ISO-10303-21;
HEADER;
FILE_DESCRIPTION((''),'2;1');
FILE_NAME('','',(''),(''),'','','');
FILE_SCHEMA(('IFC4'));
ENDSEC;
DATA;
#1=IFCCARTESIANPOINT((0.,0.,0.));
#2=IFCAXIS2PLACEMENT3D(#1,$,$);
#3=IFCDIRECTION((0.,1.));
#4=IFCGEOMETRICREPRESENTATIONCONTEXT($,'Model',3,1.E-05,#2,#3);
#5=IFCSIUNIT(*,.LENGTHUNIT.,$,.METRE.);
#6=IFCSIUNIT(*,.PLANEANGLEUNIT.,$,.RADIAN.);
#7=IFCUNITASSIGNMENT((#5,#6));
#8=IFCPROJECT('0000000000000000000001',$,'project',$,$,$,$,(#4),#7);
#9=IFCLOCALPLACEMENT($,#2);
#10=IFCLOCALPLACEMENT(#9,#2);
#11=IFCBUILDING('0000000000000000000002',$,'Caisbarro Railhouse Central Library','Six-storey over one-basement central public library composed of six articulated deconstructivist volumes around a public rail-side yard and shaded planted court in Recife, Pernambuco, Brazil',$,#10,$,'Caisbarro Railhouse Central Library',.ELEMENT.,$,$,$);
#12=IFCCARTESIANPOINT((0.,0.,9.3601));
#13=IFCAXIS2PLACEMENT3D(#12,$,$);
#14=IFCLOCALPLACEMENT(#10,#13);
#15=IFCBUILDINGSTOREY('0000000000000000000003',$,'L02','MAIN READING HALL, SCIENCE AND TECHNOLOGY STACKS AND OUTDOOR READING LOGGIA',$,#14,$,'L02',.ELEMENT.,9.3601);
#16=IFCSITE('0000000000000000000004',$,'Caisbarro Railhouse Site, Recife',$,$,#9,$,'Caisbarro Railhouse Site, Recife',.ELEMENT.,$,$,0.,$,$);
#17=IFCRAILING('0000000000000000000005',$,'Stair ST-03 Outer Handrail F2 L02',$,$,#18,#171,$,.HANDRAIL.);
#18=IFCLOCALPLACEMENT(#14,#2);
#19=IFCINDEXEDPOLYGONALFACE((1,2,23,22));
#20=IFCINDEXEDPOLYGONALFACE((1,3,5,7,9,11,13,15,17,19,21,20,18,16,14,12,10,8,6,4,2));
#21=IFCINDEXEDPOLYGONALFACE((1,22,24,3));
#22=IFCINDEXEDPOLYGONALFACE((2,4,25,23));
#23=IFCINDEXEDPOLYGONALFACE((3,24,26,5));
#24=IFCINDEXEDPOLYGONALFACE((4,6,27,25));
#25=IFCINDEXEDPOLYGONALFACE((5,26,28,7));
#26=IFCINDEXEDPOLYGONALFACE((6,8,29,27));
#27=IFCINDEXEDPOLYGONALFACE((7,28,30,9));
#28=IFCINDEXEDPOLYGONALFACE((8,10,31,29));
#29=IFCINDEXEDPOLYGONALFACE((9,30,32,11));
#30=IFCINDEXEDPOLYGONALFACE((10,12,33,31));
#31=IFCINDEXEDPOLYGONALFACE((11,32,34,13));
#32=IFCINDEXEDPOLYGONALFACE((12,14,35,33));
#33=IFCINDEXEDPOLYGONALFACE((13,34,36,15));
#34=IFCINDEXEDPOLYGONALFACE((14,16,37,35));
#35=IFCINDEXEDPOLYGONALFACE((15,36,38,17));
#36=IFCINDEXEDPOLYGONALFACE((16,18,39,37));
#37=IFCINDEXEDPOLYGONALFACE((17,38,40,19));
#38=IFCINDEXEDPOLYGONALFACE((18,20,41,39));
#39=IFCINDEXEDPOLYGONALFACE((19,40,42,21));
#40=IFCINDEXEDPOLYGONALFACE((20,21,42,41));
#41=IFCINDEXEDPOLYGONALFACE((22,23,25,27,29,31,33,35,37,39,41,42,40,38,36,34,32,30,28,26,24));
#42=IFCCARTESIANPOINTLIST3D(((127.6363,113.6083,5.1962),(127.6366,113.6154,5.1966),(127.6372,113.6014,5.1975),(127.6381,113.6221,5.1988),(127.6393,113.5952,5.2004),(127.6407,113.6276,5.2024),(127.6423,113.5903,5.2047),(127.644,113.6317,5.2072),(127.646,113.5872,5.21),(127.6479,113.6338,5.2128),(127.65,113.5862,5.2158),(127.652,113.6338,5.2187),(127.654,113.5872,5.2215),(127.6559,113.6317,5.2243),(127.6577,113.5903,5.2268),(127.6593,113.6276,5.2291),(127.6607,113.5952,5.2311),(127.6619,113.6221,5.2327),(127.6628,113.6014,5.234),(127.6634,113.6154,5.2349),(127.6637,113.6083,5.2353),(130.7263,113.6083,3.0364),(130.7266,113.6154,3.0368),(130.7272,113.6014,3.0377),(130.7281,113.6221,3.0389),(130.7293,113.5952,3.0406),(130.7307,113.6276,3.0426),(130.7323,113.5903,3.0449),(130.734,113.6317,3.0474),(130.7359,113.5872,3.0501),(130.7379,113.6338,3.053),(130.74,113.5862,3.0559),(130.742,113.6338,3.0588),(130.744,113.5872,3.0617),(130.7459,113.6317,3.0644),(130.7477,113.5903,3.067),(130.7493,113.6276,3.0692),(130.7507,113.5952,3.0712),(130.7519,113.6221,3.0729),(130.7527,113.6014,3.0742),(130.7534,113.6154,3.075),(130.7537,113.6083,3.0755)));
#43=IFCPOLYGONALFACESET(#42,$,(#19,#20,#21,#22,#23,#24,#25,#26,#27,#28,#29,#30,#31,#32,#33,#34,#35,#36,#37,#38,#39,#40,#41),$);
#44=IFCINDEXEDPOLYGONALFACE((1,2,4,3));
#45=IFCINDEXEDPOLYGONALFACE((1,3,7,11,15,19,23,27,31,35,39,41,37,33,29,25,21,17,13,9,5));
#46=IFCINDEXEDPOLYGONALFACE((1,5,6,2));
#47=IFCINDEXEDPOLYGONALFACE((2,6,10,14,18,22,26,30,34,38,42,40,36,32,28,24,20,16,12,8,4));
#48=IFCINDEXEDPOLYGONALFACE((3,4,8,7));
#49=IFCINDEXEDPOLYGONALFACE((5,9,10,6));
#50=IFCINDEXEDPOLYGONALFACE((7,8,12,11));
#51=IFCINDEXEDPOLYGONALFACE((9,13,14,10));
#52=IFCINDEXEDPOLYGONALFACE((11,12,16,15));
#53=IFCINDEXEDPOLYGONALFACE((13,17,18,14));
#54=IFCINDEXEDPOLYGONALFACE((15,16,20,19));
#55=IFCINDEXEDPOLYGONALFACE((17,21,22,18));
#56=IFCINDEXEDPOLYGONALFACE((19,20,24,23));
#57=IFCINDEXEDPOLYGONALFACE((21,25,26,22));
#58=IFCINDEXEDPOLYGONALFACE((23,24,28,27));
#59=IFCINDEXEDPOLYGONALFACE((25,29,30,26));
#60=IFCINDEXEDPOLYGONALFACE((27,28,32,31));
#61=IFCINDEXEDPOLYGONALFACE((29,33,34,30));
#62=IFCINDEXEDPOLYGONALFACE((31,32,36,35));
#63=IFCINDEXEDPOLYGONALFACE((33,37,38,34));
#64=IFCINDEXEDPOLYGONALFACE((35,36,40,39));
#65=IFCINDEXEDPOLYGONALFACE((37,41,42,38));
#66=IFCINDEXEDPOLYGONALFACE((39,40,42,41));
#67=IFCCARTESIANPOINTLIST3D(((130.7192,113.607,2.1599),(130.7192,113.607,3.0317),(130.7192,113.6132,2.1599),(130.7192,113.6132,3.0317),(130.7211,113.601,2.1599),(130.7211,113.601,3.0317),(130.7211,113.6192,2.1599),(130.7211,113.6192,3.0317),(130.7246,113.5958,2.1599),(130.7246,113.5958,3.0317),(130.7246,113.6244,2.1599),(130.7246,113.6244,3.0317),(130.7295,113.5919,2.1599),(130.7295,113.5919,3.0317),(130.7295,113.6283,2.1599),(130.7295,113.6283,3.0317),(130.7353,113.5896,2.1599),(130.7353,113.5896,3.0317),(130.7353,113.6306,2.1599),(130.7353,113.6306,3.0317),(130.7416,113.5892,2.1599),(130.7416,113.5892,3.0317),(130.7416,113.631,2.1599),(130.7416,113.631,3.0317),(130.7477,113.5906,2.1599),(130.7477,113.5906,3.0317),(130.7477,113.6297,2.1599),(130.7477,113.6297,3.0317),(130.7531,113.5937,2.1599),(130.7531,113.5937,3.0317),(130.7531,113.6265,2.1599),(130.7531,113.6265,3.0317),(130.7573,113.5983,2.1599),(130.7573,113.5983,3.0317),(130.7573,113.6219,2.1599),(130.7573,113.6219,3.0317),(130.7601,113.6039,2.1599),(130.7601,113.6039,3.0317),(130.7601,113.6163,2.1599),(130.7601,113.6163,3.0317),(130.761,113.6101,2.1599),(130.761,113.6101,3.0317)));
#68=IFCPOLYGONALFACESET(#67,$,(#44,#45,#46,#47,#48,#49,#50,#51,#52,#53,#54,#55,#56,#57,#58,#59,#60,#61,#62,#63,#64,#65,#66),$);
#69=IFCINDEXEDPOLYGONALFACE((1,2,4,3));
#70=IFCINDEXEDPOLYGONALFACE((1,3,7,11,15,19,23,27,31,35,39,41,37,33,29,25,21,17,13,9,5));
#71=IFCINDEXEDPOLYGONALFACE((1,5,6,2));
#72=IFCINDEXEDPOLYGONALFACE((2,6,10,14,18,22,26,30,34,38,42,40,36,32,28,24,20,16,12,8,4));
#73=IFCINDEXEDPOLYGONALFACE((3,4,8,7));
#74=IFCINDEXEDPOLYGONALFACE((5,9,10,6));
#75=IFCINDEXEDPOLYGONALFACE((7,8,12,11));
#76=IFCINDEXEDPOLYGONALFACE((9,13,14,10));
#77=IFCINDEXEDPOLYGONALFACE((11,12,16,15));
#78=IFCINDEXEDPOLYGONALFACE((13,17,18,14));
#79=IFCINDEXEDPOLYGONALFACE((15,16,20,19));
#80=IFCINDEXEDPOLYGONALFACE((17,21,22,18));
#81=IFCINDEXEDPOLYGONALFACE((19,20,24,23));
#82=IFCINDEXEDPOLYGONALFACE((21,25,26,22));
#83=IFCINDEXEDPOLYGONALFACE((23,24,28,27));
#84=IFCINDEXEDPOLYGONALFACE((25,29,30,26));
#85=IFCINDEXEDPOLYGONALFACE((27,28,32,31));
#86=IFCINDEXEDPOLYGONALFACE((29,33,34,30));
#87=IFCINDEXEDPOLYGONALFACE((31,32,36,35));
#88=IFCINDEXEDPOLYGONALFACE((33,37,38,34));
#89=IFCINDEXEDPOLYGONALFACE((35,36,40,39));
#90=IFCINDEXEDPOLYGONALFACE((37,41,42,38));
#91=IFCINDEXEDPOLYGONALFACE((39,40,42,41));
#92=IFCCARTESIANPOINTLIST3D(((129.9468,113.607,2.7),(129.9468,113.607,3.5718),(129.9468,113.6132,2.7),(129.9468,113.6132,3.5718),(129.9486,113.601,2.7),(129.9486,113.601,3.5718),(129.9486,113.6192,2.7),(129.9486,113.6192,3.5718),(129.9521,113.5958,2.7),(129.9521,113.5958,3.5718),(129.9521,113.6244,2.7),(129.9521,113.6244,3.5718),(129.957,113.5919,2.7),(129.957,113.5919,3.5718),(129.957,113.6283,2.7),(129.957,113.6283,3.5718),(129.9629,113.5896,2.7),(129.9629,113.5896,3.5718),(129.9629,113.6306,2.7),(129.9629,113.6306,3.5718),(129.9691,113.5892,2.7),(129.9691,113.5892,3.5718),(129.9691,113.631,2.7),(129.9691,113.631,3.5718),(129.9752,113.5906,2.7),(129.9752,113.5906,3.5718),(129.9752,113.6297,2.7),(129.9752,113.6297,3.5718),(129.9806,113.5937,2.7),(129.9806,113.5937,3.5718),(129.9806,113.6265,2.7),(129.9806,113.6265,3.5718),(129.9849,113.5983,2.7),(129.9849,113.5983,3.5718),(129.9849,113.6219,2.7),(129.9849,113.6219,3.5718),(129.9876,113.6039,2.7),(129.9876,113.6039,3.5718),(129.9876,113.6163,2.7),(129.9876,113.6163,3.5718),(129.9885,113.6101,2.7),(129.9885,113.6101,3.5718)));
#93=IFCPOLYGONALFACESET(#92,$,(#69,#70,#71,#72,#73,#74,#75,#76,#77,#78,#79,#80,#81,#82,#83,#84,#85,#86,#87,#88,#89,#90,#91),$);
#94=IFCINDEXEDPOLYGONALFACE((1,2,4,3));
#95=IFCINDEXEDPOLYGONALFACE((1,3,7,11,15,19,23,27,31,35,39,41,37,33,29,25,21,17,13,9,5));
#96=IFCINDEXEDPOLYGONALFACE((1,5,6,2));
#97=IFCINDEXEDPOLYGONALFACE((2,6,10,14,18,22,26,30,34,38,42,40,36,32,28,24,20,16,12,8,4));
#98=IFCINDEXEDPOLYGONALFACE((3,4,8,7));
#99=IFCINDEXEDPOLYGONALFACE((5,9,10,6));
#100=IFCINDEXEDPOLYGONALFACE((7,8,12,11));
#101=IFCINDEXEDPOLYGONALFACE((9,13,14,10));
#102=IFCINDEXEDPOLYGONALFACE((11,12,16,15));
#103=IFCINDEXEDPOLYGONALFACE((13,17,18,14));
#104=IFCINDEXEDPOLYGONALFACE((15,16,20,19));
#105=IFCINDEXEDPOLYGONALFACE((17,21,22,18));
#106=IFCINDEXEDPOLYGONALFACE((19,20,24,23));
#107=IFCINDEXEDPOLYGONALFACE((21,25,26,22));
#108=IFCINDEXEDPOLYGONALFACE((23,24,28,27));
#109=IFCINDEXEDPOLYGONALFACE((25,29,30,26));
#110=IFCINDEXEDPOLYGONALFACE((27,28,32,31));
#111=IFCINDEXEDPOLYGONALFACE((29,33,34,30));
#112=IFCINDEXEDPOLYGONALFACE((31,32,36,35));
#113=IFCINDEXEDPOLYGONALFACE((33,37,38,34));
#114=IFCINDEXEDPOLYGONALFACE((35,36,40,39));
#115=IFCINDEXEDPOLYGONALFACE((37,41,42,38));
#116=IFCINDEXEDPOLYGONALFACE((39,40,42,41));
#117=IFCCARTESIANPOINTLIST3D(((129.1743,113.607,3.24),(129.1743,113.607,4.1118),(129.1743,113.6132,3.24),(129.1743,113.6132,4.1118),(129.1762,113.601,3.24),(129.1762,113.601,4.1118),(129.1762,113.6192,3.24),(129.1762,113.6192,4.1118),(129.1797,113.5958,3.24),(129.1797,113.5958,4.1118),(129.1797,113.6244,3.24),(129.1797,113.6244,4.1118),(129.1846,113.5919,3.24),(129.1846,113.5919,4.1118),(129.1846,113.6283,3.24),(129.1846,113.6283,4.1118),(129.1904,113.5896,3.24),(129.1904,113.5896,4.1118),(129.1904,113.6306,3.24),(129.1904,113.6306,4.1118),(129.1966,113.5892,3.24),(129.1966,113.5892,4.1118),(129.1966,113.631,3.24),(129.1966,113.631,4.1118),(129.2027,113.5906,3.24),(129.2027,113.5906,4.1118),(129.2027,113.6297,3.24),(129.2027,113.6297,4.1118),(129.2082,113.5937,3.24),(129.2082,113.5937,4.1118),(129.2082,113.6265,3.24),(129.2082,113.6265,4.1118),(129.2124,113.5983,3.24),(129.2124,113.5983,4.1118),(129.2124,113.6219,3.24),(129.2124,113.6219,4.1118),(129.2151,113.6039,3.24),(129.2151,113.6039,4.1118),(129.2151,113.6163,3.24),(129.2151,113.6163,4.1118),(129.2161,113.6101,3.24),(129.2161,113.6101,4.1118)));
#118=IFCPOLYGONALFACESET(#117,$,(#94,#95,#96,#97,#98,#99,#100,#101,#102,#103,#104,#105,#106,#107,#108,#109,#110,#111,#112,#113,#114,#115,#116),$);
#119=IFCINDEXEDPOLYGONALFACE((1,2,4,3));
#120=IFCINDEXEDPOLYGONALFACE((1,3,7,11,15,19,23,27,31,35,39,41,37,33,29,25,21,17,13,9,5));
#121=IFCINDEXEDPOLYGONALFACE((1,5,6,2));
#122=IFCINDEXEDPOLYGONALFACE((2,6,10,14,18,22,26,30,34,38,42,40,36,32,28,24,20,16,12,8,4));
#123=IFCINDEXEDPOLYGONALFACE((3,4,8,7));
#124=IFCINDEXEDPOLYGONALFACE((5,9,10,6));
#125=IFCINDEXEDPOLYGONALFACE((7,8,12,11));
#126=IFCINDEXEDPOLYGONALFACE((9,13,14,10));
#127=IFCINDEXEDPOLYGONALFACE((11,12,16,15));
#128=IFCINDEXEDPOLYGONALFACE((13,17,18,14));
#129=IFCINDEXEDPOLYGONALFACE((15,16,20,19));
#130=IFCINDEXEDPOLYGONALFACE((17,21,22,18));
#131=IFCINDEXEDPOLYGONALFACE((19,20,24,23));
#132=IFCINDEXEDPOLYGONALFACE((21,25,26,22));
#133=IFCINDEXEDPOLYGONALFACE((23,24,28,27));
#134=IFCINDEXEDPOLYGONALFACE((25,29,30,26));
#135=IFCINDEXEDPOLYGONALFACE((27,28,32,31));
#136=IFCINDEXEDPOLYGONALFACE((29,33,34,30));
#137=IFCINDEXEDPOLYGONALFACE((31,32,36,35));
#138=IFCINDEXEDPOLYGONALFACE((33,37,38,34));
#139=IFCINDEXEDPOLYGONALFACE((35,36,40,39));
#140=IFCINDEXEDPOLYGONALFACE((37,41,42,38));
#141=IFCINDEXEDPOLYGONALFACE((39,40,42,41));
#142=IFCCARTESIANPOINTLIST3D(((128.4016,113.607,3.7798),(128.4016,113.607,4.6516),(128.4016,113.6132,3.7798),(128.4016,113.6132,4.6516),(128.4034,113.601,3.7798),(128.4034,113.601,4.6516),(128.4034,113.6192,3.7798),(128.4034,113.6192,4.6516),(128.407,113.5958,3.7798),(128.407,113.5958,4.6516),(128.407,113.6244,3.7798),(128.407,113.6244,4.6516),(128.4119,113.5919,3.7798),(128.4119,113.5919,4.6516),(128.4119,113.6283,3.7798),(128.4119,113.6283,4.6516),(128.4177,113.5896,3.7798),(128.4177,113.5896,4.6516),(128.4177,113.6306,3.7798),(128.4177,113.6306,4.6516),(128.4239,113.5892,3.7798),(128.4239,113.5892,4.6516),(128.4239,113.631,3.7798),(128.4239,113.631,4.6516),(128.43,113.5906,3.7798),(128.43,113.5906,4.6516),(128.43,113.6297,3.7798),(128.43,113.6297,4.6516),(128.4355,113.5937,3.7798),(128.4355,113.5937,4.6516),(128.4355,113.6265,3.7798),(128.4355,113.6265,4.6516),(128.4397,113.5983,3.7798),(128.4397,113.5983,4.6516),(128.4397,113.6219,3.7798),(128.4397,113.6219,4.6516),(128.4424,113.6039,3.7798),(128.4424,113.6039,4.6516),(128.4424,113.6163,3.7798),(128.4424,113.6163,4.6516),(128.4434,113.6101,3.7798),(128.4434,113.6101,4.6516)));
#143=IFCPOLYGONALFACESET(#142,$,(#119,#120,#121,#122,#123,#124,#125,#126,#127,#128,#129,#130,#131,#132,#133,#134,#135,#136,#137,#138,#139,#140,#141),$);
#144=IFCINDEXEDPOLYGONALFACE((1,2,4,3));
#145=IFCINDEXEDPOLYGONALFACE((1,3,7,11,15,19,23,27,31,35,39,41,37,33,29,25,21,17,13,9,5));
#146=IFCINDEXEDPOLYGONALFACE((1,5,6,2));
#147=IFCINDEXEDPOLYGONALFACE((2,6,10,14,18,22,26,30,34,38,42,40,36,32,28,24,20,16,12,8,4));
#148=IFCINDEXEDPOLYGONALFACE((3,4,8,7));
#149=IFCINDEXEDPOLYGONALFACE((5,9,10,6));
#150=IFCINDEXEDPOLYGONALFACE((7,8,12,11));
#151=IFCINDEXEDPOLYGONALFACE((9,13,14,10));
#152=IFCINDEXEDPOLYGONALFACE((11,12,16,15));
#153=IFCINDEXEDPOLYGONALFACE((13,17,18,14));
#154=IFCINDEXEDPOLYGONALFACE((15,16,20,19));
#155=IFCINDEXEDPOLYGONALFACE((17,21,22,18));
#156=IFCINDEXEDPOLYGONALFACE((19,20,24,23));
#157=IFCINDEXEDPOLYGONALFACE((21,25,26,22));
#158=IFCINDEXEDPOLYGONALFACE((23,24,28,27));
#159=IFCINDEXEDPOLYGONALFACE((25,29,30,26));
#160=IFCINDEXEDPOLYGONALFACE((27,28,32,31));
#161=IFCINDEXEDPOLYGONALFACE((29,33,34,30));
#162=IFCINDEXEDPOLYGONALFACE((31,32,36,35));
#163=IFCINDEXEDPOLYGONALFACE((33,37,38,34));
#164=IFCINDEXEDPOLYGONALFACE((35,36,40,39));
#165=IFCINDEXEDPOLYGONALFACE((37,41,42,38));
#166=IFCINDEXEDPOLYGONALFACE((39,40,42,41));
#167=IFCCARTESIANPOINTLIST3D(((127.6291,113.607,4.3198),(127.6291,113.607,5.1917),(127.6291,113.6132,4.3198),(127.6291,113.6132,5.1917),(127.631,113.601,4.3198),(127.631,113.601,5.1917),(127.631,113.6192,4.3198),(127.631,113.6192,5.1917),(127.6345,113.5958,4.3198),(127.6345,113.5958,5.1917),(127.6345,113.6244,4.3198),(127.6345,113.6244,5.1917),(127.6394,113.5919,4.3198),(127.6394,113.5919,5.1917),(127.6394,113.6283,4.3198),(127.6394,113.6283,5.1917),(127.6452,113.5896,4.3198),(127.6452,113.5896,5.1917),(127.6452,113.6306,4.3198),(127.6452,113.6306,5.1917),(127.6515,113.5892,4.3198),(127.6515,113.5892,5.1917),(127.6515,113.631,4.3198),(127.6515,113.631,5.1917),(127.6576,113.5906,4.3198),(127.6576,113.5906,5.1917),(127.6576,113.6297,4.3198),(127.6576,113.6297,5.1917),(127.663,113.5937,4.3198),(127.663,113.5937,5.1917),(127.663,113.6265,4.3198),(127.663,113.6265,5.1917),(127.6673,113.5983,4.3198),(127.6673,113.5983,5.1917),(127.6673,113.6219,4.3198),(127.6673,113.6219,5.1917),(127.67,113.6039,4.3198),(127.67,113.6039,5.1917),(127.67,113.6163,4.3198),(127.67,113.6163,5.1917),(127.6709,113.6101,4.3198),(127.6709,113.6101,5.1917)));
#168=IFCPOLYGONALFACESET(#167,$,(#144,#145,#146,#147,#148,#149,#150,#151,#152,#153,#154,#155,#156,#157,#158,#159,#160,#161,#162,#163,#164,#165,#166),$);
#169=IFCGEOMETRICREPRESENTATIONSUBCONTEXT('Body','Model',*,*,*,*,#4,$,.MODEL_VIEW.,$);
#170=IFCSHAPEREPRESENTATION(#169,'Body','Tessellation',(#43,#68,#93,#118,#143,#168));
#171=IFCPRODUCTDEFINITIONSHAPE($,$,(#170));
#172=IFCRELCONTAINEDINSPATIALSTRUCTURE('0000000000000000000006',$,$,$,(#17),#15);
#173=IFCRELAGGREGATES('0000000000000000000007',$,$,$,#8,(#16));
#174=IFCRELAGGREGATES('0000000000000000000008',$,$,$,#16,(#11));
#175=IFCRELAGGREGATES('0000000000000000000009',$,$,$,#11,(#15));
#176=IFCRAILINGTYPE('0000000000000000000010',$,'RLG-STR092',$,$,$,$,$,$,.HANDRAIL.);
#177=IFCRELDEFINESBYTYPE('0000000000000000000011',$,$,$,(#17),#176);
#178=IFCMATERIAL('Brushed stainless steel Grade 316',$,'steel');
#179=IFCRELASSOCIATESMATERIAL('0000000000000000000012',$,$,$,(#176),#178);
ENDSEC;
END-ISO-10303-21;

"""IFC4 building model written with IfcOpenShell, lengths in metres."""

from ifc_helpers import new_model, si_unit, direction, frame, origin, origin_2d, place, context, subcontext, project, spatial, circle, extrude, material, type_object, element, save


model = new_model("IFC4")

# Units and contexts
model_context = context("Model", 3, precision=1e-05, world=origin(), true_north=direction((0.0, 1.0)))
body_context = subcontext(model_context, "Body", "Model", "MODEL_VIEW")
ifc_project = project(units=[si_unit("LENGTHUNIT", "METRE"), si_unit("PLANEANGLEUNIT", "RADIAN")], contexts=[model_context])

# Site, building, storey
site_placement = place(None, origin())
site = spatial("IfcSite", under=ifc_project, at=site_placement, Name="Caisbarro Railhouse Site, Recife", LongName="Caisbarro Railhouse Site, Recife", CompositionType="ELEMENT", RefElevation=0.0)
building_placement = place(site_placement, origin())
building = spatial("IfcBuilding", under=site, at=building_placement, Name="Caisbarro Railhouse Central Library", Description="Six-storey over one-basement central public library composed of six articulated deconstructivist volumes around a public rail-side yard and shaded planted court in Recife, Pernambuco, Brazil", LongName="Caisbarro Railhouse Central Library", CompositionType="ELEMENT")
storey_placement = place(building_placement, frame((0.0, 0.0, 9.3601)))
storey = spatial("IfcBuildingStorey", under=building, at=storey_placement, Name="L02", Description="MAIN READING HALL, SCIENCE AND TECHNOLOGY STACKS AND OUTDOOR READING LOGGIA", LongName="L02", CompositionType="ELEMENT", Elevation=9.3601)

# Railing
ifc_material_1 = material(Name="Brushed stainless steel Grade 316", Category="steel")
railing_type_1 = type_object("IfcRailingType", Name="RLG-STR092", PredefinedType="HANDRAIL", material=ifc_material_1)
railing_1_placement = place(storey_placement, frame((130.74, 113.6101, 2.1599)))
element("IfcRailing", 1, at=railing_1_placement, inside=storey, type_object=railing_type_1, Name="Stair ST-03 Outer Handrail F2 L02", PredefinedType="HANDRAIL", context=body_context, shape_type="SweptSolid", body=[
    extrude(circle(Radius=0.0239, at=origin_2d()), frame((0.0, 0.0, 0.896), z_axis=(-0.819624, 0.0, 0.572902), x_axis=(0.0, -1.0, 0.0)), (0.0, 0.0, 1.0), 3.77),
    extrude(circle(Radius=0.021, at=origin_2d()), origin(), (0.0, 0.0, 1.0), 0.8718),
    extrude(circle(Radius=0.021, at=origin_2d()), frame((-0.7725, 0.0, 0.54)), (0.0, 0.0, 1.0), 0.8718),
    extrude(circle(Radius=0.021, at=origin_2d()), frame((-1.5449, 0.0, 1.0801)), (0.0, 0.0, 1.0), 0.8718),
    extrude(circle(Radius=0.021, at=origin_2d()), frame((-2.3176, 0.0, 1.6199)), (0.0, 0.0, 1.0), 0.8718),
    extrude(circle(Radius=0.021, at=origin_2d()), frame((-3.0901, 0.0, 2.1599)), (0.0, 0.0, 1.0), 0.8718),
])

save(model, "model.ifc")
